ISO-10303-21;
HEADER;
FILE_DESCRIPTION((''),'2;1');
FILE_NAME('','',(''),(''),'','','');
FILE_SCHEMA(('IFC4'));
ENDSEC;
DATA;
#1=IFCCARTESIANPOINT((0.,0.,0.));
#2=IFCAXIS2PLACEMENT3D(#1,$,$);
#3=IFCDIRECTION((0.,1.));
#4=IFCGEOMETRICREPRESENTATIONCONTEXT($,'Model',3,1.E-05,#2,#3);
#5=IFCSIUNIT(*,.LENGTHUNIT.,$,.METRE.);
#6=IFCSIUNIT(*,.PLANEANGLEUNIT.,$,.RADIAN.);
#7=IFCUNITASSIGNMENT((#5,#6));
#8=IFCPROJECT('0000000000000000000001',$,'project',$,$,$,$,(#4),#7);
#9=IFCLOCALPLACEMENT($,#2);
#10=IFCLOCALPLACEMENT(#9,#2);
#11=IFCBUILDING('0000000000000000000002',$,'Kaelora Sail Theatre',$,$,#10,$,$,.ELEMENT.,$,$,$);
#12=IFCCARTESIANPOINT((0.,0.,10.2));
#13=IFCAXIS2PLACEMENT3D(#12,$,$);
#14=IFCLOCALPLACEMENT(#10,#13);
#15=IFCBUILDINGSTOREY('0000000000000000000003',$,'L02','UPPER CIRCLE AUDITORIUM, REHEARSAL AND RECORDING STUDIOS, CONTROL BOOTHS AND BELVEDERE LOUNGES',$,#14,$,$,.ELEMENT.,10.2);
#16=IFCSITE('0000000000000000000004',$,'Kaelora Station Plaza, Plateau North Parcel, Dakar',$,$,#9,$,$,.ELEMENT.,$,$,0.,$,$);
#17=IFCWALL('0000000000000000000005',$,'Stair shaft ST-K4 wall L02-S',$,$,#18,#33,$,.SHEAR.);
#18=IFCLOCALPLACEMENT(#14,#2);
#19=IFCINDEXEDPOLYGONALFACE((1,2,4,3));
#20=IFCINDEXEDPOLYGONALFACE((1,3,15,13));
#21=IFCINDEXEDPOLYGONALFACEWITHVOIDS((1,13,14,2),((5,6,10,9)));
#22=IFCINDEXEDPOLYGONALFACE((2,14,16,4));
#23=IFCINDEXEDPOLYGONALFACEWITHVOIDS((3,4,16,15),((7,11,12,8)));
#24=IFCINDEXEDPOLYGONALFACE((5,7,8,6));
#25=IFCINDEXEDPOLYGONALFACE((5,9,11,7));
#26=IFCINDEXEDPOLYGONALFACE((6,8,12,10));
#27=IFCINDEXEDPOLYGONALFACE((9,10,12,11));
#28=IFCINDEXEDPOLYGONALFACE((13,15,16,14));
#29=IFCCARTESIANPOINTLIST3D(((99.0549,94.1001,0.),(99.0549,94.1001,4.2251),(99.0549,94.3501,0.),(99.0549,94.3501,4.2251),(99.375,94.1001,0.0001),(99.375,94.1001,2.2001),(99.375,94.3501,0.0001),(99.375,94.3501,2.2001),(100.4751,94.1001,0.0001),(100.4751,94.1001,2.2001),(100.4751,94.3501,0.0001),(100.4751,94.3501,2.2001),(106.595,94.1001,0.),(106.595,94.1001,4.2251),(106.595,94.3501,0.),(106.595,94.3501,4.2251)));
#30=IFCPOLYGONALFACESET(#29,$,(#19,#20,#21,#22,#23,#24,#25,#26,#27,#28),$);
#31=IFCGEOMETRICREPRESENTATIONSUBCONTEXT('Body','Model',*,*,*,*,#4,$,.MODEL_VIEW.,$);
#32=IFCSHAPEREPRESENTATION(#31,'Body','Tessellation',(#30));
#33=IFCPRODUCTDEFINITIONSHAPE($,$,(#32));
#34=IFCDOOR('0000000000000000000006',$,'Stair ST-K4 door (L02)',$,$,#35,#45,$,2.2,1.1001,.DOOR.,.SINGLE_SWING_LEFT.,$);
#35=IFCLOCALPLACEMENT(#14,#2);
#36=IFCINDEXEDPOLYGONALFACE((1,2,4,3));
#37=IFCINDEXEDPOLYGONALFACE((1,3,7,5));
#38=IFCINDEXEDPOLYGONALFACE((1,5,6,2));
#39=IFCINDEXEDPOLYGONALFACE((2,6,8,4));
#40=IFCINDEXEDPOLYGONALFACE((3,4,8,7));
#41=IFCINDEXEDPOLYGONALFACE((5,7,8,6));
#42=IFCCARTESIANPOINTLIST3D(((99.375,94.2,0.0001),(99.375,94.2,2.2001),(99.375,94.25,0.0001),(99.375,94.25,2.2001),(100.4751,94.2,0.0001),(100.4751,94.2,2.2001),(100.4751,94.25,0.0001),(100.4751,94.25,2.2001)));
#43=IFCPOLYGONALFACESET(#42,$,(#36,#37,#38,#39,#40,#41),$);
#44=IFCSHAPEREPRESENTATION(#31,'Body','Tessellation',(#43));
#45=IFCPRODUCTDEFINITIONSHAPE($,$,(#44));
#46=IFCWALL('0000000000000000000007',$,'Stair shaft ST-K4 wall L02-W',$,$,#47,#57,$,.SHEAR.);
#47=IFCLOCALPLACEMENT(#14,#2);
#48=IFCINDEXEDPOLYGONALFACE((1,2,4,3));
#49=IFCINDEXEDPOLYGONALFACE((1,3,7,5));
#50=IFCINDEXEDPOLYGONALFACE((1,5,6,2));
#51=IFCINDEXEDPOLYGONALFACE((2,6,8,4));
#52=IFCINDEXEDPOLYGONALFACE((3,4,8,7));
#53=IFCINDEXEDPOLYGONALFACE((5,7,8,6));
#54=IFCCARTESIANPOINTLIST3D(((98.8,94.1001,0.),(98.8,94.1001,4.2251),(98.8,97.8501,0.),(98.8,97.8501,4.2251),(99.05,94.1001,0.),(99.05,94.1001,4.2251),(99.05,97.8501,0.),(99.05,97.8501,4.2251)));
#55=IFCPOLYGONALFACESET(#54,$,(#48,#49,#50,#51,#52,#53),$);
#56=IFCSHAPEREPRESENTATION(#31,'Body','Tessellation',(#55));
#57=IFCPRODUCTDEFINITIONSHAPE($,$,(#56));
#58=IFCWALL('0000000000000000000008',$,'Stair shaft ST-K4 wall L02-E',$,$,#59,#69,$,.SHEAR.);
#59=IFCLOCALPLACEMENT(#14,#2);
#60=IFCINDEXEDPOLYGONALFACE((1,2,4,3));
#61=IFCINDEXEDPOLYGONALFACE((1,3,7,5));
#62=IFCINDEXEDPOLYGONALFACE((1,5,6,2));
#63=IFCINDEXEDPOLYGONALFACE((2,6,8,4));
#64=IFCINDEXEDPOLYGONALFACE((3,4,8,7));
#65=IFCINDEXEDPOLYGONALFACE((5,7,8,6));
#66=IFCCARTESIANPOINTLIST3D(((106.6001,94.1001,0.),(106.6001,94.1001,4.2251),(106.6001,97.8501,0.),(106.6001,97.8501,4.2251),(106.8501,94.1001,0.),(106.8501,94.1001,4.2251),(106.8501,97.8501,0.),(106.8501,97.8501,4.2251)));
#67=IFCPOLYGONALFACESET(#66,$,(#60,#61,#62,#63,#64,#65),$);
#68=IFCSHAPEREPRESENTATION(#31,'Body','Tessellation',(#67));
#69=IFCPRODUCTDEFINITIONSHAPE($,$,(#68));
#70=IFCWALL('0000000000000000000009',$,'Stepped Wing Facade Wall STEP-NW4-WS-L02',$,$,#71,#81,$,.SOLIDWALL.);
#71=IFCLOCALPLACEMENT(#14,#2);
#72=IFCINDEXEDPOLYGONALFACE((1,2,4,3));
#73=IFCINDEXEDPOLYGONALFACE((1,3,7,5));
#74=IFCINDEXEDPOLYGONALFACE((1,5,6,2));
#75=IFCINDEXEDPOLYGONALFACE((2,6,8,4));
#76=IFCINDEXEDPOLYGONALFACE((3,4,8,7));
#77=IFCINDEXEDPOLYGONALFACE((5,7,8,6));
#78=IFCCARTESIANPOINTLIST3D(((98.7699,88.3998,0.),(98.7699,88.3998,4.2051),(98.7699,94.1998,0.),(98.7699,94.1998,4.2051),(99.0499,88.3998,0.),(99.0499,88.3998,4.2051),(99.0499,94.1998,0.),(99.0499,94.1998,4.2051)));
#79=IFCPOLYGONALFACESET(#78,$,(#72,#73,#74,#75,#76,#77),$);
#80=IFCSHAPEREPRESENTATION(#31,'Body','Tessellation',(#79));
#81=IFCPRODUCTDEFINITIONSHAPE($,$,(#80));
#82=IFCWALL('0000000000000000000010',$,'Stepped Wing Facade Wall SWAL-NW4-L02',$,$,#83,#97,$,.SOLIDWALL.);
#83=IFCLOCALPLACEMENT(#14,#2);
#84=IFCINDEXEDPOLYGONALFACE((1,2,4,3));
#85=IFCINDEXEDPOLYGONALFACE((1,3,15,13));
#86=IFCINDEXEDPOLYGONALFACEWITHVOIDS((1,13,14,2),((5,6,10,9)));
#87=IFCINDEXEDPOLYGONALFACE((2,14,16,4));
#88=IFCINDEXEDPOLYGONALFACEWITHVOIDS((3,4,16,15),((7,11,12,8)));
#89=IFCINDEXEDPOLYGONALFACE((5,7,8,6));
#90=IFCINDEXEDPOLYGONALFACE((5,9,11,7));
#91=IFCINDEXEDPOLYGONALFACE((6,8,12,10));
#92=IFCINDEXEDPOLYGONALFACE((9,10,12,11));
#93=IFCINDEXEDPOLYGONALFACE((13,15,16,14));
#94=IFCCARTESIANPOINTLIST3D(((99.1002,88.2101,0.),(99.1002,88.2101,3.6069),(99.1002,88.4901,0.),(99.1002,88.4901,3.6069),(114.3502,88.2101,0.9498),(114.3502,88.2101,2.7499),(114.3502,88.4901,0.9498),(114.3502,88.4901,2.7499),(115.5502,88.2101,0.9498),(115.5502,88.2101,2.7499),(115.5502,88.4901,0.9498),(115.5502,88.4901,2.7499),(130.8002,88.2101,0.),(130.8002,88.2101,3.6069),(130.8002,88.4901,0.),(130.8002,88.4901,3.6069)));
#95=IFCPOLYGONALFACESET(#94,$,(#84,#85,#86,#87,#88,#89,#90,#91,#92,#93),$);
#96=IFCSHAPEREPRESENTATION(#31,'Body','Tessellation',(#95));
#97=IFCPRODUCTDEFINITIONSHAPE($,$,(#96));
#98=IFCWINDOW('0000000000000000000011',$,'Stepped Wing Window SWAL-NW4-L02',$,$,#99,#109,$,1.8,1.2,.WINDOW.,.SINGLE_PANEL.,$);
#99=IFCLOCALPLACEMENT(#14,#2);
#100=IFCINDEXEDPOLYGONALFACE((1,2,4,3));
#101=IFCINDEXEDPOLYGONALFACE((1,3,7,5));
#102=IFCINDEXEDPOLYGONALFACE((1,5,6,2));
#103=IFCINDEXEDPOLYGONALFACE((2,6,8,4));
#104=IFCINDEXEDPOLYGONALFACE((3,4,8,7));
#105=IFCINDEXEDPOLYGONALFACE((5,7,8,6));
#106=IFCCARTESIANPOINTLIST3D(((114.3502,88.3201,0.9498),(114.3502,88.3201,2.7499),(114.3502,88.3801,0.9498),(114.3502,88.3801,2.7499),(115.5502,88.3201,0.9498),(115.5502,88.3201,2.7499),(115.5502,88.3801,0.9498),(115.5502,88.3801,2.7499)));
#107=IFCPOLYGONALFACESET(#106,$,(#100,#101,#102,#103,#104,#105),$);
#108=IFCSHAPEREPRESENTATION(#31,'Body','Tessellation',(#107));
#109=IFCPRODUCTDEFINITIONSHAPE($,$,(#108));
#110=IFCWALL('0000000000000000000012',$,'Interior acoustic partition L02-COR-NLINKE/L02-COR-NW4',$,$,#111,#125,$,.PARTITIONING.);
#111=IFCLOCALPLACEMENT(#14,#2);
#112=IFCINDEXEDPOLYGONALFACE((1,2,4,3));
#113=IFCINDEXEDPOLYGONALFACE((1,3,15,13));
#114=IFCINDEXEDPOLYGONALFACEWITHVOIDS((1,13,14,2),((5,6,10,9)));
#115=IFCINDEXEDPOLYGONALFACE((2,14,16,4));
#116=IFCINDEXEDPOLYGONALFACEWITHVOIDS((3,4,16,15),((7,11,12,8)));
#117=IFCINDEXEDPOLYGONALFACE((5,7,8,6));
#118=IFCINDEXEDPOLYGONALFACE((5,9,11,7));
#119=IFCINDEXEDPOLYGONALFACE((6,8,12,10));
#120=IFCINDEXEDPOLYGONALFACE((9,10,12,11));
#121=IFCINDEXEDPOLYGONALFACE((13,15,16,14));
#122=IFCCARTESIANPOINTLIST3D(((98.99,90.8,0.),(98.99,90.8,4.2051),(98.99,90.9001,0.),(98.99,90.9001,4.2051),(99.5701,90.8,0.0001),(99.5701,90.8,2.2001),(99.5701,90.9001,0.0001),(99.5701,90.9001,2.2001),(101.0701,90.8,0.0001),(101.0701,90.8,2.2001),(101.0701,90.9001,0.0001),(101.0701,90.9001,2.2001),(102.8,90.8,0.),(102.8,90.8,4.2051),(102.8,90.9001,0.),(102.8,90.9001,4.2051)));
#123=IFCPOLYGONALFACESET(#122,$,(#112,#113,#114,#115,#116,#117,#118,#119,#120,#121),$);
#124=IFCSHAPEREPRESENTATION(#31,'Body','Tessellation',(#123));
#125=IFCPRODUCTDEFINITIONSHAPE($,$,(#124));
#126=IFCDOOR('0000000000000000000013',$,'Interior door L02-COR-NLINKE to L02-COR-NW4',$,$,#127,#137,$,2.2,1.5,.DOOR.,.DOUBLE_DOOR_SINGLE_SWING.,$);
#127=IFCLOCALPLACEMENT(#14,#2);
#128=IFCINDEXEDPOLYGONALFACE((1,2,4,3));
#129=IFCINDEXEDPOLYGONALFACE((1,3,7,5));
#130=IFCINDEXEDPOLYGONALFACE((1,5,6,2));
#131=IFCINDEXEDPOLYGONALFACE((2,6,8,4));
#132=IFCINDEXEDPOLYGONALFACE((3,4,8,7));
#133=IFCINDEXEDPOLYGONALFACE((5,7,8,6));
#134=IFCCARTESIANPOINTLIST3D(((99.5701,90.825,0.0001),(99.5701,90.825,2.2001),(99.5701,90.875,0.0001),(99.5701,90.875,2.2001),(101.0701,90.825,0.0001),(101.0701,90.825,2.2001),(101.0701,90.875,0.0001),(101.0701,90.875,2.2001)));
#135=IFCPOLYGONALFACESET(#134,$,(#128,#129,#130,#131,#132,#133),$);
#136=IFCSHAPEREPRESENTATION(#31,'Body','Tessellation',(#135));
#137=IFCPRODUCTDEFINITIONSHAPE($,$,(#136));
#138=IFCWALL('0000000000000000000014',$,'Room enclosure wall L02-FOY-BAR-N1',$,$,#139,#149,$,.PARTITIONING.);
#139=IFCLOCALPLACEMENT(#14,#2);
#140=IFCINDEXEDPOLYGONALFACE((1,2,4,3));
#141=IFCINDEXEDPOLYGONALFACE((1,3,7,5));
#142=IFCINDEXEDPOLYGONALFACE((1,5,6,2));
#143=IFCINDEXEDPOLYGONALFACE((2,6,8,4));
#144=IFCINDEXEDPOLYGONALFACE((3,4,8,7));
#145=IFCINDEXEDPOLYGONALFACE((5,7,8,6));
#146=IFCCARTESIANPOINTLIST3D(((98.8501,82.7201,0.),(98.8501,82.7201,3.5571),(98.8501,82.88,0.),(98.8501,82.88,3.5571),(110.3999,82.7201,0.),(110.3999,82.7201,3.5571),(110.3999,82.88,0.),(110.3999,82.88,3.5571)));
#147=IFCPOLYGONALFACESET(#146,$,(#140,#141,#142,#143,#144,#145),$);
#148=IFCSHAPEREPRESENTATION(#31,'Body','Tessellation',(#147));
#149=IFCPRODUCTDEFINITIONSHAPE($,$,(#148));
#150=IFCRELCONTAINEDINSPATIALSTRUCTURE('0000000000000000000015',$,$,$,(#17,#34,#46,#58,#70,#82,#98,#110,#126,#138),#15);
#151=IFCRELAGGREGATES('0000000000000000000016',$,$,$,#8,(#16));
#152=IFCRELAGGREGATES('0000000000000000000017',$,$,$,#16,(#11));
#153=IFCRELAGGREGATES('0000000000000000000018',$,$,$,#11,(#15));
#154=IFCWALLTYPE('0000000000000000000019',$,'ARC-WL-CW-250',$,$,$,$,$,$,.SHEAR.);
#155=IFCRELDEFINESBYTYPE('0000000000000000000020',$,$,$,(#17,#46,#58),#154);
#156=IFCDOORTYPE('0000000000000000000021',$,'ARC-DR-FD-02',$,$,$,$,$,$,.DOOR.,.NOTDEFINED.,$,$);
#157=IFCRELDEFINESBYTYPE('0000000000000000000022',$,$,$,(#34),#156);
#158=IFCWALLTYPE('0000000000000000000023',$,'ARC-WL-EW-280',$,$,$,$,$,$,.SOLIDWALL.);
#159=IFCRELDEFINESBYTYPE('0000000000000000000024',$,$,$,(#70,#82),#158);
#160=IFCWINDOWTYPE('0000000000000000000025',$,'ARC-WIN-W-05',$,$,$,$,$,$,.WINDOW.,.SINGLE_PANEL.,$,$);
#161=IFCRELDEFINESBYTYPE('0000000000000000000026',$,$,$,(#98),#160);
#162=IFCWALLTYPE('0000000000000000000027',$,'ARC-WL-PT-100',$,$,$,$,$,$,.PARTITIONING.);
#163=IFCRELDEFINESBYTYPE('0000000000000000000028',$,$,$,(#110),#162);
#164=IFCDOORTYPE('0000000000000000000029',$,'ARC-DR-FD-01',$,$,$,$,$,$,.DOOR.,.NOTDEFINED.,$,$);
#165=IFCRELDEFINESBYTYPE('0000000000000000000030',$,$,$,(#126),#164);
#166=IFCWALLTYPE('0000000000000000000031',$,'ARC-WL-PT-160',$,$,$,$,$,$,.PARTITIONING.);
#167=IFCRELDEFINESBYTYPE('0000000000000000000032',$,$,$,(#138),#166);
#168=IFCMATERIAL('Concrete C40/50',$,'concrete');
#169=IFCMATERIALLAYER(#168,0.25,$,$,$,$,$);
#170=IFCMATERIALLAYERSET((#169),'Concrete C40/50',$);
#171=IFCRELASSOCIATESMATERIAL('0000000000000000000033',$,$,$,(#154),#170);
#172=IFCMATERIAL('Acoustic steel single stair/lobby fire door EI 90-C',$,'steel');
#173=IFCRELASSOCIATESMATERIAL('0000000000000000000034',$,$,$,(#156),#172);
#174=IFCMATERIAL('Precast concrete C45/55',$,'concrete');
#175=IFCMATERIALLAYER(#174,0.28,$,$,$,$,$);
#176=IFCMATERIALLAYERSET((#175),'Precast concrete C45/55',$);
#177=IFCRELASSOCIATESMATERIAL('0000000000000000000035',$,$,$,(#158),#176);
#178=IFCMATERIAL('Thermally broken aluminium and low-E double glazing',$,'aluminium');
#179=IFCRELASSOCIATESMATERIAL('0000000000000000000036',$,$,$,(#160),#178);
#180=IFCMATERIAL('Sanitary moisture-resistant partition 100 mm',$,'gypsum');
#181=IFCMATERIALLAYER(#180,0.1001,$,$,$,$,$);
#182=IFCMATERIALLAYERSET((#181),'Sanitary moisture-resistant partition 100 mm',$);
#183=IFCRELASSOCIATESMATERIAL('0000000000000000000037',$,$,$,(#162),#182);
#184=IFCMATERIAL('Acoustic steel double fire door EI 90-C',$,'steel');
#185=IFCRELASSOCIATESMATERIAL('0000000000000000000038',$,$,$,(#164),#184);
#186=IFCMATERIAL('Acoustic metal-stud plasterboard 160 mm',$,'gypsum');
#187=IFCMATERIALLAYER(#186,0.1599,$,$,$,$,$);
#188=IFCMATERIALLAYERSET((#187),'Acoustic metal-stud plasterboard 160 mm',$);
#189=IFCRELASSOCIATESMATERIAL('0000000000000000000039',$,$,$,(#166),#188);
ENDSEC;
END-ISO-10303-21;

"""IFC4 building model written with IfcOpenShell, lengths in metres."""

from ifc_helpers import new_model, si_unit, direction, frame, frame_2d, origin, place, context, subcontext, project, spatial, rectangle, extrude, material, layer, layer_set, type_object, element, fill, save


model = new_model("IFC4")

# Units and contexts
model_context = context("Model", 3, precision=1e-05, world=origin(), true_north=direction((0.0, 1.0)))
body_context = subcontext(model_context, "Body", "Model", "MODEL_VIEW")
ifc_project = project(units=[si_unit("LENGTHUNIT", "METRE"), si_unit("PLANEANGLEUNIT", "RADIAN")], contexts=[model_context])

# Site, building, storey
site_placement = place(None, origin())
site = spatial("IfcSite", under=ifc_project, at=site_placement, Name="Kaelora Station Plaza, Plateau North Parcel, Dakar", CompositionType="ELEMENT", RefElevation=0.0)
building_placement = place(site_placement, origin())
building = spatial("IfcBuilding", under=site, at=building_placement, Name="Kaelora Sail Theatre", CompositionType="ELEMENT")
storey_placement = place(building_placement, frame((0.0, 0.0, 10.2)))
storey = spatial("IfcBuildingStorey", under=building, at=storey_placement, Name="L02", Description="UPPER CIRCLE AUDITORIUM, REHEARSAL AND RECORDING STUDIOS, CONTROL BOOTHS AND BELVEDERE LOUNGES", CompositionType="ELEMENT", Elevation=10.2)

# Wall, opening, door
ifc_material_1 = material(Name="Concrete C40/50", Category="concrete")
ifc_layer_1 = layer(ifc_material_1, 0.25)
ifc_layer_set_1 = layer_set([ifc_layer_1], Name="Concrete C40/50")
wall_type_1 = type_object("IfcWallType", Name="ARC-WL-CW-250", PredefinedType="SHEAR", material=ifc_layer_set_1)
wall_1_placement = place(storey_placement, frame((99.0549, 94.2251, 0.0), z_axis=(0.0, 0.0, 1.0), x_axis=(1.0, 0.0, 0.0)))
wall_1 = element("IfcWall", 1, at=wall_1_placement, inside=storey, type_object=wall_type_1, Name="Stair shaft ST-K4 wall L02-S", PredefinedType="SHEAR", context=body_context, shape_type="SweptSolid", body=[
    extrude(rectangle(XDim=7.54, YDim=0.25, at=frame_2d((3.77, 0.0))), origin(), (0.0, 0.0, 1.0), 4.2251),
])
opening_1_placement = place(wall_1_placement, frame((0.3201, 0.0, 0.0)))
opening_1 = element("IfcOpeningElement", 2, at=opening_1_placement, cuts=wall_1, PredefinedType="OPENING", context=body_context, shape_type="SweptSolid", body=[
    extrude(rectangle(XDim=1.1001, YDim=2.2, at=frame_2d((0.55, 1.1001))), frame((0.0, 0.135, 0.0), z_axis=(0.0, -1.0, 0.0), x_axis=(1.0, 0.0, 0.0)), (0.0, 0.0, 1.0), 0.27),
])
ifc_material_2 = material(Name="Acoustic steel single stair/lobby fire door EI 90-C", Category="steel")
door_type_1 = type_object("IfcDoorType", Name="ARC-DR-FD-02", OperationType="NOTDEFINED", PredefinedType="DOOR", material=ifc_material_2)
door_1_placement = place(opening_1_placement, origin())
door_1 = element("IfcDoor", 3, at=door_1_placement, inside=storey, type_object=door_type_1, Name="Stair ST-K4 door (L02)", OperationType="SINGLE_SWING_LEFT", OverallHeight=2.2, OverallWidth=1.1001, PredefinedType="DOOR", context=body_context, shape_type="SweptSolid", body=[
    extrude(rectangle(XDim=1.1001, YDim=2.2, at=frame_2d((0.55, 1.1001))), frame((0.0, 0.0249, 0.0), z_axis=(0.0, -1.0, 0.0), x_axis=(1.0, 0.0, 0.0)), (0.0, 0.0, 1.0), 0.05),
])
fill(opening_1, door_1)

# Walls
for number, where, z_axis, x_axis, name in (
    (4, (98.925, 94.1001, 0.0), (0.0, 0.0, 1.0), (0.0, 1.0, 0.0), "Stair shaft ST-K4 wall L02-W"),
    (5, (106.7251, 94.1001, 0.0), (0.0, 0.0, 1.0), (0.0, 1.0, 0.0), "Stair shaft ST-K4 wall L02-E"),
):
    element("IfcWall", number, at=place(storey_placement, frame(where, z_axis=z_axis, x_axis=x_axis)), inside=storey, type_object=wall_type_1, Name=name, PredefinedType="SHEAR", context=body_context, shape_type="SweptSolid", body=[
        extrude(rectangle(XDim=3.75, YDim=0.25, at=frame_2d((1.875, 0.0))), origin(), (0.0, 0.0, 1.0), 4.2251),
    ])
ifc_material_3 = material(Name="Precast concrete C45/55", Category="concrete")
ifc_layer_2 = layer(ifc_material_3, 0.28)
ifc_layer_set_2 = layer_set([ifc_layer_2], Name="Precast concrete C45/55")
wall_type_2 = type_object("IfcWallType", Name="ARC-WL-EW-280", PredefinedType="SOLIDWALL", material=ifc_layer_set_2)
wall_2_placement = place(storey_placement, frame((98.9099, 88.3999, 0.0), z_axis=(0.0, 0.0, 1.0), x_axis=(0.0, 1.0, 0.0)))
element("IfcWall", 6, at=wall_2_placement, inside=storey, type_object=wall_type_2, Name="Stepped Wing Facade Wall STEP-NW4-WS-L02", PredefinedType="SOLIDWALL", context=body_context, shape_type="SweptSolid", body=[
    extrude(rectangle(XDim=5.8, YDim=0.28, at=frame_2d((2.8999, 0.0))), origin(), (0.0, 0.0, 1.0), 4.2051),
])

# Wall, opening, window
wall_3_placement = place(storey_placement, frame((99.1001, 88.3501, 0.0), z_axis=(0.0, 0.0, 1.0), x_axis=(1.0, 0.0, 0.0)))
wall_3 = element("IfcWall", 7, at=wall_3_placement, inside=storey, type_object=wall_type_2, Name="Stepped Wing Facade Wall SWAL-NW4-L02", PredefinedType="SOLIDWALL", context=body_context, shape_type="SweptSolid", body=[
    extrude(rectangle(XDim=31.7, YDim=0.28, at=frame_2d((15.8501, 0.0))), origin(), (0.0, 0.0, 1.0), 3.6069),
])
opening_2_placement = place(wall_3_placement, frame((15.25, 0.0, 0.95)))
opening_2 = element("IfcOpeningElement", 8, at=opening_2_placement, cuts=wall_3, PredefinedType="OPENING", context=body_context, shape_type="SweptSolid", body=[
    extrude(rectangle(XDim=1.2, YDim=1.8, at=frame_2d((0.6001, 0.8999))), frame((0.0, 0.1501, 0.0), z_axis=(0.0, -1.0, 0.0), x_axis=(1.0, 0.0, 0.0)), (0.0, 0.0, 1.0), 0.3),
])
ifc_material_4 = material(Name="Thermally broken aluminium and low-E double glazing", Category="aluminium")
window_type = type_object("IfcWindowType", Name="ARC-WIN-W-05", PartitioningType="SINGLE_PANEL", PredefinedType="WINDOW", material=ifc_material_4)
window_placement = place(opening_2_placement, origin())
window = element("IfcWindow", 9, at=window_placement, inside=storey, type_object=window_type, Name="Stepped Wing Window SWAL-NW4-L02", OverallHeight=1.8, OverallWidth=1.2, PartitioningType="SINGLE_PANEL", PredefinedType="WINDOW", context=body_context, shape_type="SweptSolid", body=[
    extrude(rectangle(XDim=1.2, YDim=1.8, at=frame_2d((0.6001, 0.8999))), frame((0.0, 0.03, 0.0), z_axis=(0.0, -1.0, 0.0), x_axis=(1.0, 0.0, 0.0)), (0.0, 0.0, 1.0), 0.0601),
])
fill(opening_2, window)

# Wall, opening, door
ifc_material_5 = material(Name="Sanitary moisture-resistant partition 100 mm", Category="gypsum")
ifc_layer_3 = layer(ifc_material_5, 0.1001)
ifc_layer_set_3 = layer_set([ifc_layer_3], Name="Sanitary moisture-resistant partition 100 mm")
wall_type_3 = type_object("IfcWallType", Name="ARC-WL-PT-100", PredefinedType="PARTITIONING", material=ifc_layer_set_3)
wall_4_placement = place(storey_placement, frame((98.99, 90.8501, 0.0), z_axis=(0.0, 0.0, 1.0), x_axis=(1.0, 0.0, 0.0)))
wall_4 = element("IfcWall", 10, at=wall_4_placement, inside=storey, type_object=wall_type_3, Name="Interior acoustic partition L02-COR-NLINKE/L02-COR-NW4", PredefinedType="PARTITIONING", context=body_context, shape_type="SweptSolid", body=[
    extrude(rectangle(XDim=3.8101, YDim=0.1001, at=frame_2d((1.905, 0.0))), origin(), (0.0, 0.0, 1.0), 4.2051),
])
opening_3_placement = place(wall_4_placement, frame((0.5801, 0.0, 0.0)))
opening_3 = element("IfcOpeningElement", 11, at=opening_3_placement, cuts=wall_4, PredefinedType="OPENING", context=body_context, shape_type="SweptSolid", body=[
    extrude(rectangle(XDim=1.5, YDim=2.2, at=frame_2d((0.75, 1.1001))), frame((0.0, 0.06, 0.0), z_axis=(0.0, -1.0, 0.0), x_axis=(1.0, 0.0, 0.0)), (0.0, 0.0, 1.0), 0.1201),
])
ifc_material_6 = material(Name="Acoustic steel double fire door EI 90-C", Category="steel")
door_type_2 = type_object("IfcDoorType", Name="ARC-DR-FD-01", OperationType="NOTDEFINED", PredefinedType="DOOR", material=ifc_material_6)
door_2_placement = place(opening_3_placement, origin())
door_2 = element("IfcDoor", 12, at=door_2_placement, inside=storey, type_object=door_type_2, Name="Interior door L02-COR-NLINKE to L02-COR-NW4", OperationType="DOUBLE_DOOR_SINGLE_SWING", OverallHeight=2.2, OverallWidth=1.5, PredefinedType="DOOR", context=body_context, shape_type="SweptSolid", body=[
    extrude(rectangle(XDim=1.5, YDim=2.2, at=frame_2d((0.75, 1.1001))), frame((0.0, 0.0249, 0.0), z_axis=(0.0, -1.0, 0.0), x_axis=(1.0, 0.0, 0.0)), (0.0, 0.0, 1.0), 0.05),
])
fill(opening_3, door_2)

# Wall
ifc_material_7 = material(Name="Acoustic metal-stud plasterboard 160 mm", Category="gypsum")
ifc_layer_4 = layer(ifc_material_7, 0.1599)
ifc_layer_set_4 = layer_set([ifc_layer_4], Name="Acoustic metal-stud plasterboard 160 mm")
wall_type_4 = type_object("IfcWallType", Name="ARC-WL-PT-160", PredefinedType="PARTITIONING", material=ifc_layer_set_4)
wall_5_placement = place(storey_placement, frame((98.8501, 82.8, 0.0), z_axis=(0.0, 0.0, 1.0), x_axis=(1.0, 0.0, 0.0)))
element("IfcWall", 13, at=wall_5_placement, inside=storey, type_object=wall_type_4, Name="Room enclosure wall L02-FOY-BAR-N1", PredefinedType="PARTITIONING", context=body_context, shape_type="SweptSolid", body=[
    extrude(rectangle(XDim=11.5498, YDim=0.1599, at=frame_2d((5.7749, 0.0))), origin(), (0.0, 0.0, 1.0), 3.5571),
])

save(model, "model.ifc")
